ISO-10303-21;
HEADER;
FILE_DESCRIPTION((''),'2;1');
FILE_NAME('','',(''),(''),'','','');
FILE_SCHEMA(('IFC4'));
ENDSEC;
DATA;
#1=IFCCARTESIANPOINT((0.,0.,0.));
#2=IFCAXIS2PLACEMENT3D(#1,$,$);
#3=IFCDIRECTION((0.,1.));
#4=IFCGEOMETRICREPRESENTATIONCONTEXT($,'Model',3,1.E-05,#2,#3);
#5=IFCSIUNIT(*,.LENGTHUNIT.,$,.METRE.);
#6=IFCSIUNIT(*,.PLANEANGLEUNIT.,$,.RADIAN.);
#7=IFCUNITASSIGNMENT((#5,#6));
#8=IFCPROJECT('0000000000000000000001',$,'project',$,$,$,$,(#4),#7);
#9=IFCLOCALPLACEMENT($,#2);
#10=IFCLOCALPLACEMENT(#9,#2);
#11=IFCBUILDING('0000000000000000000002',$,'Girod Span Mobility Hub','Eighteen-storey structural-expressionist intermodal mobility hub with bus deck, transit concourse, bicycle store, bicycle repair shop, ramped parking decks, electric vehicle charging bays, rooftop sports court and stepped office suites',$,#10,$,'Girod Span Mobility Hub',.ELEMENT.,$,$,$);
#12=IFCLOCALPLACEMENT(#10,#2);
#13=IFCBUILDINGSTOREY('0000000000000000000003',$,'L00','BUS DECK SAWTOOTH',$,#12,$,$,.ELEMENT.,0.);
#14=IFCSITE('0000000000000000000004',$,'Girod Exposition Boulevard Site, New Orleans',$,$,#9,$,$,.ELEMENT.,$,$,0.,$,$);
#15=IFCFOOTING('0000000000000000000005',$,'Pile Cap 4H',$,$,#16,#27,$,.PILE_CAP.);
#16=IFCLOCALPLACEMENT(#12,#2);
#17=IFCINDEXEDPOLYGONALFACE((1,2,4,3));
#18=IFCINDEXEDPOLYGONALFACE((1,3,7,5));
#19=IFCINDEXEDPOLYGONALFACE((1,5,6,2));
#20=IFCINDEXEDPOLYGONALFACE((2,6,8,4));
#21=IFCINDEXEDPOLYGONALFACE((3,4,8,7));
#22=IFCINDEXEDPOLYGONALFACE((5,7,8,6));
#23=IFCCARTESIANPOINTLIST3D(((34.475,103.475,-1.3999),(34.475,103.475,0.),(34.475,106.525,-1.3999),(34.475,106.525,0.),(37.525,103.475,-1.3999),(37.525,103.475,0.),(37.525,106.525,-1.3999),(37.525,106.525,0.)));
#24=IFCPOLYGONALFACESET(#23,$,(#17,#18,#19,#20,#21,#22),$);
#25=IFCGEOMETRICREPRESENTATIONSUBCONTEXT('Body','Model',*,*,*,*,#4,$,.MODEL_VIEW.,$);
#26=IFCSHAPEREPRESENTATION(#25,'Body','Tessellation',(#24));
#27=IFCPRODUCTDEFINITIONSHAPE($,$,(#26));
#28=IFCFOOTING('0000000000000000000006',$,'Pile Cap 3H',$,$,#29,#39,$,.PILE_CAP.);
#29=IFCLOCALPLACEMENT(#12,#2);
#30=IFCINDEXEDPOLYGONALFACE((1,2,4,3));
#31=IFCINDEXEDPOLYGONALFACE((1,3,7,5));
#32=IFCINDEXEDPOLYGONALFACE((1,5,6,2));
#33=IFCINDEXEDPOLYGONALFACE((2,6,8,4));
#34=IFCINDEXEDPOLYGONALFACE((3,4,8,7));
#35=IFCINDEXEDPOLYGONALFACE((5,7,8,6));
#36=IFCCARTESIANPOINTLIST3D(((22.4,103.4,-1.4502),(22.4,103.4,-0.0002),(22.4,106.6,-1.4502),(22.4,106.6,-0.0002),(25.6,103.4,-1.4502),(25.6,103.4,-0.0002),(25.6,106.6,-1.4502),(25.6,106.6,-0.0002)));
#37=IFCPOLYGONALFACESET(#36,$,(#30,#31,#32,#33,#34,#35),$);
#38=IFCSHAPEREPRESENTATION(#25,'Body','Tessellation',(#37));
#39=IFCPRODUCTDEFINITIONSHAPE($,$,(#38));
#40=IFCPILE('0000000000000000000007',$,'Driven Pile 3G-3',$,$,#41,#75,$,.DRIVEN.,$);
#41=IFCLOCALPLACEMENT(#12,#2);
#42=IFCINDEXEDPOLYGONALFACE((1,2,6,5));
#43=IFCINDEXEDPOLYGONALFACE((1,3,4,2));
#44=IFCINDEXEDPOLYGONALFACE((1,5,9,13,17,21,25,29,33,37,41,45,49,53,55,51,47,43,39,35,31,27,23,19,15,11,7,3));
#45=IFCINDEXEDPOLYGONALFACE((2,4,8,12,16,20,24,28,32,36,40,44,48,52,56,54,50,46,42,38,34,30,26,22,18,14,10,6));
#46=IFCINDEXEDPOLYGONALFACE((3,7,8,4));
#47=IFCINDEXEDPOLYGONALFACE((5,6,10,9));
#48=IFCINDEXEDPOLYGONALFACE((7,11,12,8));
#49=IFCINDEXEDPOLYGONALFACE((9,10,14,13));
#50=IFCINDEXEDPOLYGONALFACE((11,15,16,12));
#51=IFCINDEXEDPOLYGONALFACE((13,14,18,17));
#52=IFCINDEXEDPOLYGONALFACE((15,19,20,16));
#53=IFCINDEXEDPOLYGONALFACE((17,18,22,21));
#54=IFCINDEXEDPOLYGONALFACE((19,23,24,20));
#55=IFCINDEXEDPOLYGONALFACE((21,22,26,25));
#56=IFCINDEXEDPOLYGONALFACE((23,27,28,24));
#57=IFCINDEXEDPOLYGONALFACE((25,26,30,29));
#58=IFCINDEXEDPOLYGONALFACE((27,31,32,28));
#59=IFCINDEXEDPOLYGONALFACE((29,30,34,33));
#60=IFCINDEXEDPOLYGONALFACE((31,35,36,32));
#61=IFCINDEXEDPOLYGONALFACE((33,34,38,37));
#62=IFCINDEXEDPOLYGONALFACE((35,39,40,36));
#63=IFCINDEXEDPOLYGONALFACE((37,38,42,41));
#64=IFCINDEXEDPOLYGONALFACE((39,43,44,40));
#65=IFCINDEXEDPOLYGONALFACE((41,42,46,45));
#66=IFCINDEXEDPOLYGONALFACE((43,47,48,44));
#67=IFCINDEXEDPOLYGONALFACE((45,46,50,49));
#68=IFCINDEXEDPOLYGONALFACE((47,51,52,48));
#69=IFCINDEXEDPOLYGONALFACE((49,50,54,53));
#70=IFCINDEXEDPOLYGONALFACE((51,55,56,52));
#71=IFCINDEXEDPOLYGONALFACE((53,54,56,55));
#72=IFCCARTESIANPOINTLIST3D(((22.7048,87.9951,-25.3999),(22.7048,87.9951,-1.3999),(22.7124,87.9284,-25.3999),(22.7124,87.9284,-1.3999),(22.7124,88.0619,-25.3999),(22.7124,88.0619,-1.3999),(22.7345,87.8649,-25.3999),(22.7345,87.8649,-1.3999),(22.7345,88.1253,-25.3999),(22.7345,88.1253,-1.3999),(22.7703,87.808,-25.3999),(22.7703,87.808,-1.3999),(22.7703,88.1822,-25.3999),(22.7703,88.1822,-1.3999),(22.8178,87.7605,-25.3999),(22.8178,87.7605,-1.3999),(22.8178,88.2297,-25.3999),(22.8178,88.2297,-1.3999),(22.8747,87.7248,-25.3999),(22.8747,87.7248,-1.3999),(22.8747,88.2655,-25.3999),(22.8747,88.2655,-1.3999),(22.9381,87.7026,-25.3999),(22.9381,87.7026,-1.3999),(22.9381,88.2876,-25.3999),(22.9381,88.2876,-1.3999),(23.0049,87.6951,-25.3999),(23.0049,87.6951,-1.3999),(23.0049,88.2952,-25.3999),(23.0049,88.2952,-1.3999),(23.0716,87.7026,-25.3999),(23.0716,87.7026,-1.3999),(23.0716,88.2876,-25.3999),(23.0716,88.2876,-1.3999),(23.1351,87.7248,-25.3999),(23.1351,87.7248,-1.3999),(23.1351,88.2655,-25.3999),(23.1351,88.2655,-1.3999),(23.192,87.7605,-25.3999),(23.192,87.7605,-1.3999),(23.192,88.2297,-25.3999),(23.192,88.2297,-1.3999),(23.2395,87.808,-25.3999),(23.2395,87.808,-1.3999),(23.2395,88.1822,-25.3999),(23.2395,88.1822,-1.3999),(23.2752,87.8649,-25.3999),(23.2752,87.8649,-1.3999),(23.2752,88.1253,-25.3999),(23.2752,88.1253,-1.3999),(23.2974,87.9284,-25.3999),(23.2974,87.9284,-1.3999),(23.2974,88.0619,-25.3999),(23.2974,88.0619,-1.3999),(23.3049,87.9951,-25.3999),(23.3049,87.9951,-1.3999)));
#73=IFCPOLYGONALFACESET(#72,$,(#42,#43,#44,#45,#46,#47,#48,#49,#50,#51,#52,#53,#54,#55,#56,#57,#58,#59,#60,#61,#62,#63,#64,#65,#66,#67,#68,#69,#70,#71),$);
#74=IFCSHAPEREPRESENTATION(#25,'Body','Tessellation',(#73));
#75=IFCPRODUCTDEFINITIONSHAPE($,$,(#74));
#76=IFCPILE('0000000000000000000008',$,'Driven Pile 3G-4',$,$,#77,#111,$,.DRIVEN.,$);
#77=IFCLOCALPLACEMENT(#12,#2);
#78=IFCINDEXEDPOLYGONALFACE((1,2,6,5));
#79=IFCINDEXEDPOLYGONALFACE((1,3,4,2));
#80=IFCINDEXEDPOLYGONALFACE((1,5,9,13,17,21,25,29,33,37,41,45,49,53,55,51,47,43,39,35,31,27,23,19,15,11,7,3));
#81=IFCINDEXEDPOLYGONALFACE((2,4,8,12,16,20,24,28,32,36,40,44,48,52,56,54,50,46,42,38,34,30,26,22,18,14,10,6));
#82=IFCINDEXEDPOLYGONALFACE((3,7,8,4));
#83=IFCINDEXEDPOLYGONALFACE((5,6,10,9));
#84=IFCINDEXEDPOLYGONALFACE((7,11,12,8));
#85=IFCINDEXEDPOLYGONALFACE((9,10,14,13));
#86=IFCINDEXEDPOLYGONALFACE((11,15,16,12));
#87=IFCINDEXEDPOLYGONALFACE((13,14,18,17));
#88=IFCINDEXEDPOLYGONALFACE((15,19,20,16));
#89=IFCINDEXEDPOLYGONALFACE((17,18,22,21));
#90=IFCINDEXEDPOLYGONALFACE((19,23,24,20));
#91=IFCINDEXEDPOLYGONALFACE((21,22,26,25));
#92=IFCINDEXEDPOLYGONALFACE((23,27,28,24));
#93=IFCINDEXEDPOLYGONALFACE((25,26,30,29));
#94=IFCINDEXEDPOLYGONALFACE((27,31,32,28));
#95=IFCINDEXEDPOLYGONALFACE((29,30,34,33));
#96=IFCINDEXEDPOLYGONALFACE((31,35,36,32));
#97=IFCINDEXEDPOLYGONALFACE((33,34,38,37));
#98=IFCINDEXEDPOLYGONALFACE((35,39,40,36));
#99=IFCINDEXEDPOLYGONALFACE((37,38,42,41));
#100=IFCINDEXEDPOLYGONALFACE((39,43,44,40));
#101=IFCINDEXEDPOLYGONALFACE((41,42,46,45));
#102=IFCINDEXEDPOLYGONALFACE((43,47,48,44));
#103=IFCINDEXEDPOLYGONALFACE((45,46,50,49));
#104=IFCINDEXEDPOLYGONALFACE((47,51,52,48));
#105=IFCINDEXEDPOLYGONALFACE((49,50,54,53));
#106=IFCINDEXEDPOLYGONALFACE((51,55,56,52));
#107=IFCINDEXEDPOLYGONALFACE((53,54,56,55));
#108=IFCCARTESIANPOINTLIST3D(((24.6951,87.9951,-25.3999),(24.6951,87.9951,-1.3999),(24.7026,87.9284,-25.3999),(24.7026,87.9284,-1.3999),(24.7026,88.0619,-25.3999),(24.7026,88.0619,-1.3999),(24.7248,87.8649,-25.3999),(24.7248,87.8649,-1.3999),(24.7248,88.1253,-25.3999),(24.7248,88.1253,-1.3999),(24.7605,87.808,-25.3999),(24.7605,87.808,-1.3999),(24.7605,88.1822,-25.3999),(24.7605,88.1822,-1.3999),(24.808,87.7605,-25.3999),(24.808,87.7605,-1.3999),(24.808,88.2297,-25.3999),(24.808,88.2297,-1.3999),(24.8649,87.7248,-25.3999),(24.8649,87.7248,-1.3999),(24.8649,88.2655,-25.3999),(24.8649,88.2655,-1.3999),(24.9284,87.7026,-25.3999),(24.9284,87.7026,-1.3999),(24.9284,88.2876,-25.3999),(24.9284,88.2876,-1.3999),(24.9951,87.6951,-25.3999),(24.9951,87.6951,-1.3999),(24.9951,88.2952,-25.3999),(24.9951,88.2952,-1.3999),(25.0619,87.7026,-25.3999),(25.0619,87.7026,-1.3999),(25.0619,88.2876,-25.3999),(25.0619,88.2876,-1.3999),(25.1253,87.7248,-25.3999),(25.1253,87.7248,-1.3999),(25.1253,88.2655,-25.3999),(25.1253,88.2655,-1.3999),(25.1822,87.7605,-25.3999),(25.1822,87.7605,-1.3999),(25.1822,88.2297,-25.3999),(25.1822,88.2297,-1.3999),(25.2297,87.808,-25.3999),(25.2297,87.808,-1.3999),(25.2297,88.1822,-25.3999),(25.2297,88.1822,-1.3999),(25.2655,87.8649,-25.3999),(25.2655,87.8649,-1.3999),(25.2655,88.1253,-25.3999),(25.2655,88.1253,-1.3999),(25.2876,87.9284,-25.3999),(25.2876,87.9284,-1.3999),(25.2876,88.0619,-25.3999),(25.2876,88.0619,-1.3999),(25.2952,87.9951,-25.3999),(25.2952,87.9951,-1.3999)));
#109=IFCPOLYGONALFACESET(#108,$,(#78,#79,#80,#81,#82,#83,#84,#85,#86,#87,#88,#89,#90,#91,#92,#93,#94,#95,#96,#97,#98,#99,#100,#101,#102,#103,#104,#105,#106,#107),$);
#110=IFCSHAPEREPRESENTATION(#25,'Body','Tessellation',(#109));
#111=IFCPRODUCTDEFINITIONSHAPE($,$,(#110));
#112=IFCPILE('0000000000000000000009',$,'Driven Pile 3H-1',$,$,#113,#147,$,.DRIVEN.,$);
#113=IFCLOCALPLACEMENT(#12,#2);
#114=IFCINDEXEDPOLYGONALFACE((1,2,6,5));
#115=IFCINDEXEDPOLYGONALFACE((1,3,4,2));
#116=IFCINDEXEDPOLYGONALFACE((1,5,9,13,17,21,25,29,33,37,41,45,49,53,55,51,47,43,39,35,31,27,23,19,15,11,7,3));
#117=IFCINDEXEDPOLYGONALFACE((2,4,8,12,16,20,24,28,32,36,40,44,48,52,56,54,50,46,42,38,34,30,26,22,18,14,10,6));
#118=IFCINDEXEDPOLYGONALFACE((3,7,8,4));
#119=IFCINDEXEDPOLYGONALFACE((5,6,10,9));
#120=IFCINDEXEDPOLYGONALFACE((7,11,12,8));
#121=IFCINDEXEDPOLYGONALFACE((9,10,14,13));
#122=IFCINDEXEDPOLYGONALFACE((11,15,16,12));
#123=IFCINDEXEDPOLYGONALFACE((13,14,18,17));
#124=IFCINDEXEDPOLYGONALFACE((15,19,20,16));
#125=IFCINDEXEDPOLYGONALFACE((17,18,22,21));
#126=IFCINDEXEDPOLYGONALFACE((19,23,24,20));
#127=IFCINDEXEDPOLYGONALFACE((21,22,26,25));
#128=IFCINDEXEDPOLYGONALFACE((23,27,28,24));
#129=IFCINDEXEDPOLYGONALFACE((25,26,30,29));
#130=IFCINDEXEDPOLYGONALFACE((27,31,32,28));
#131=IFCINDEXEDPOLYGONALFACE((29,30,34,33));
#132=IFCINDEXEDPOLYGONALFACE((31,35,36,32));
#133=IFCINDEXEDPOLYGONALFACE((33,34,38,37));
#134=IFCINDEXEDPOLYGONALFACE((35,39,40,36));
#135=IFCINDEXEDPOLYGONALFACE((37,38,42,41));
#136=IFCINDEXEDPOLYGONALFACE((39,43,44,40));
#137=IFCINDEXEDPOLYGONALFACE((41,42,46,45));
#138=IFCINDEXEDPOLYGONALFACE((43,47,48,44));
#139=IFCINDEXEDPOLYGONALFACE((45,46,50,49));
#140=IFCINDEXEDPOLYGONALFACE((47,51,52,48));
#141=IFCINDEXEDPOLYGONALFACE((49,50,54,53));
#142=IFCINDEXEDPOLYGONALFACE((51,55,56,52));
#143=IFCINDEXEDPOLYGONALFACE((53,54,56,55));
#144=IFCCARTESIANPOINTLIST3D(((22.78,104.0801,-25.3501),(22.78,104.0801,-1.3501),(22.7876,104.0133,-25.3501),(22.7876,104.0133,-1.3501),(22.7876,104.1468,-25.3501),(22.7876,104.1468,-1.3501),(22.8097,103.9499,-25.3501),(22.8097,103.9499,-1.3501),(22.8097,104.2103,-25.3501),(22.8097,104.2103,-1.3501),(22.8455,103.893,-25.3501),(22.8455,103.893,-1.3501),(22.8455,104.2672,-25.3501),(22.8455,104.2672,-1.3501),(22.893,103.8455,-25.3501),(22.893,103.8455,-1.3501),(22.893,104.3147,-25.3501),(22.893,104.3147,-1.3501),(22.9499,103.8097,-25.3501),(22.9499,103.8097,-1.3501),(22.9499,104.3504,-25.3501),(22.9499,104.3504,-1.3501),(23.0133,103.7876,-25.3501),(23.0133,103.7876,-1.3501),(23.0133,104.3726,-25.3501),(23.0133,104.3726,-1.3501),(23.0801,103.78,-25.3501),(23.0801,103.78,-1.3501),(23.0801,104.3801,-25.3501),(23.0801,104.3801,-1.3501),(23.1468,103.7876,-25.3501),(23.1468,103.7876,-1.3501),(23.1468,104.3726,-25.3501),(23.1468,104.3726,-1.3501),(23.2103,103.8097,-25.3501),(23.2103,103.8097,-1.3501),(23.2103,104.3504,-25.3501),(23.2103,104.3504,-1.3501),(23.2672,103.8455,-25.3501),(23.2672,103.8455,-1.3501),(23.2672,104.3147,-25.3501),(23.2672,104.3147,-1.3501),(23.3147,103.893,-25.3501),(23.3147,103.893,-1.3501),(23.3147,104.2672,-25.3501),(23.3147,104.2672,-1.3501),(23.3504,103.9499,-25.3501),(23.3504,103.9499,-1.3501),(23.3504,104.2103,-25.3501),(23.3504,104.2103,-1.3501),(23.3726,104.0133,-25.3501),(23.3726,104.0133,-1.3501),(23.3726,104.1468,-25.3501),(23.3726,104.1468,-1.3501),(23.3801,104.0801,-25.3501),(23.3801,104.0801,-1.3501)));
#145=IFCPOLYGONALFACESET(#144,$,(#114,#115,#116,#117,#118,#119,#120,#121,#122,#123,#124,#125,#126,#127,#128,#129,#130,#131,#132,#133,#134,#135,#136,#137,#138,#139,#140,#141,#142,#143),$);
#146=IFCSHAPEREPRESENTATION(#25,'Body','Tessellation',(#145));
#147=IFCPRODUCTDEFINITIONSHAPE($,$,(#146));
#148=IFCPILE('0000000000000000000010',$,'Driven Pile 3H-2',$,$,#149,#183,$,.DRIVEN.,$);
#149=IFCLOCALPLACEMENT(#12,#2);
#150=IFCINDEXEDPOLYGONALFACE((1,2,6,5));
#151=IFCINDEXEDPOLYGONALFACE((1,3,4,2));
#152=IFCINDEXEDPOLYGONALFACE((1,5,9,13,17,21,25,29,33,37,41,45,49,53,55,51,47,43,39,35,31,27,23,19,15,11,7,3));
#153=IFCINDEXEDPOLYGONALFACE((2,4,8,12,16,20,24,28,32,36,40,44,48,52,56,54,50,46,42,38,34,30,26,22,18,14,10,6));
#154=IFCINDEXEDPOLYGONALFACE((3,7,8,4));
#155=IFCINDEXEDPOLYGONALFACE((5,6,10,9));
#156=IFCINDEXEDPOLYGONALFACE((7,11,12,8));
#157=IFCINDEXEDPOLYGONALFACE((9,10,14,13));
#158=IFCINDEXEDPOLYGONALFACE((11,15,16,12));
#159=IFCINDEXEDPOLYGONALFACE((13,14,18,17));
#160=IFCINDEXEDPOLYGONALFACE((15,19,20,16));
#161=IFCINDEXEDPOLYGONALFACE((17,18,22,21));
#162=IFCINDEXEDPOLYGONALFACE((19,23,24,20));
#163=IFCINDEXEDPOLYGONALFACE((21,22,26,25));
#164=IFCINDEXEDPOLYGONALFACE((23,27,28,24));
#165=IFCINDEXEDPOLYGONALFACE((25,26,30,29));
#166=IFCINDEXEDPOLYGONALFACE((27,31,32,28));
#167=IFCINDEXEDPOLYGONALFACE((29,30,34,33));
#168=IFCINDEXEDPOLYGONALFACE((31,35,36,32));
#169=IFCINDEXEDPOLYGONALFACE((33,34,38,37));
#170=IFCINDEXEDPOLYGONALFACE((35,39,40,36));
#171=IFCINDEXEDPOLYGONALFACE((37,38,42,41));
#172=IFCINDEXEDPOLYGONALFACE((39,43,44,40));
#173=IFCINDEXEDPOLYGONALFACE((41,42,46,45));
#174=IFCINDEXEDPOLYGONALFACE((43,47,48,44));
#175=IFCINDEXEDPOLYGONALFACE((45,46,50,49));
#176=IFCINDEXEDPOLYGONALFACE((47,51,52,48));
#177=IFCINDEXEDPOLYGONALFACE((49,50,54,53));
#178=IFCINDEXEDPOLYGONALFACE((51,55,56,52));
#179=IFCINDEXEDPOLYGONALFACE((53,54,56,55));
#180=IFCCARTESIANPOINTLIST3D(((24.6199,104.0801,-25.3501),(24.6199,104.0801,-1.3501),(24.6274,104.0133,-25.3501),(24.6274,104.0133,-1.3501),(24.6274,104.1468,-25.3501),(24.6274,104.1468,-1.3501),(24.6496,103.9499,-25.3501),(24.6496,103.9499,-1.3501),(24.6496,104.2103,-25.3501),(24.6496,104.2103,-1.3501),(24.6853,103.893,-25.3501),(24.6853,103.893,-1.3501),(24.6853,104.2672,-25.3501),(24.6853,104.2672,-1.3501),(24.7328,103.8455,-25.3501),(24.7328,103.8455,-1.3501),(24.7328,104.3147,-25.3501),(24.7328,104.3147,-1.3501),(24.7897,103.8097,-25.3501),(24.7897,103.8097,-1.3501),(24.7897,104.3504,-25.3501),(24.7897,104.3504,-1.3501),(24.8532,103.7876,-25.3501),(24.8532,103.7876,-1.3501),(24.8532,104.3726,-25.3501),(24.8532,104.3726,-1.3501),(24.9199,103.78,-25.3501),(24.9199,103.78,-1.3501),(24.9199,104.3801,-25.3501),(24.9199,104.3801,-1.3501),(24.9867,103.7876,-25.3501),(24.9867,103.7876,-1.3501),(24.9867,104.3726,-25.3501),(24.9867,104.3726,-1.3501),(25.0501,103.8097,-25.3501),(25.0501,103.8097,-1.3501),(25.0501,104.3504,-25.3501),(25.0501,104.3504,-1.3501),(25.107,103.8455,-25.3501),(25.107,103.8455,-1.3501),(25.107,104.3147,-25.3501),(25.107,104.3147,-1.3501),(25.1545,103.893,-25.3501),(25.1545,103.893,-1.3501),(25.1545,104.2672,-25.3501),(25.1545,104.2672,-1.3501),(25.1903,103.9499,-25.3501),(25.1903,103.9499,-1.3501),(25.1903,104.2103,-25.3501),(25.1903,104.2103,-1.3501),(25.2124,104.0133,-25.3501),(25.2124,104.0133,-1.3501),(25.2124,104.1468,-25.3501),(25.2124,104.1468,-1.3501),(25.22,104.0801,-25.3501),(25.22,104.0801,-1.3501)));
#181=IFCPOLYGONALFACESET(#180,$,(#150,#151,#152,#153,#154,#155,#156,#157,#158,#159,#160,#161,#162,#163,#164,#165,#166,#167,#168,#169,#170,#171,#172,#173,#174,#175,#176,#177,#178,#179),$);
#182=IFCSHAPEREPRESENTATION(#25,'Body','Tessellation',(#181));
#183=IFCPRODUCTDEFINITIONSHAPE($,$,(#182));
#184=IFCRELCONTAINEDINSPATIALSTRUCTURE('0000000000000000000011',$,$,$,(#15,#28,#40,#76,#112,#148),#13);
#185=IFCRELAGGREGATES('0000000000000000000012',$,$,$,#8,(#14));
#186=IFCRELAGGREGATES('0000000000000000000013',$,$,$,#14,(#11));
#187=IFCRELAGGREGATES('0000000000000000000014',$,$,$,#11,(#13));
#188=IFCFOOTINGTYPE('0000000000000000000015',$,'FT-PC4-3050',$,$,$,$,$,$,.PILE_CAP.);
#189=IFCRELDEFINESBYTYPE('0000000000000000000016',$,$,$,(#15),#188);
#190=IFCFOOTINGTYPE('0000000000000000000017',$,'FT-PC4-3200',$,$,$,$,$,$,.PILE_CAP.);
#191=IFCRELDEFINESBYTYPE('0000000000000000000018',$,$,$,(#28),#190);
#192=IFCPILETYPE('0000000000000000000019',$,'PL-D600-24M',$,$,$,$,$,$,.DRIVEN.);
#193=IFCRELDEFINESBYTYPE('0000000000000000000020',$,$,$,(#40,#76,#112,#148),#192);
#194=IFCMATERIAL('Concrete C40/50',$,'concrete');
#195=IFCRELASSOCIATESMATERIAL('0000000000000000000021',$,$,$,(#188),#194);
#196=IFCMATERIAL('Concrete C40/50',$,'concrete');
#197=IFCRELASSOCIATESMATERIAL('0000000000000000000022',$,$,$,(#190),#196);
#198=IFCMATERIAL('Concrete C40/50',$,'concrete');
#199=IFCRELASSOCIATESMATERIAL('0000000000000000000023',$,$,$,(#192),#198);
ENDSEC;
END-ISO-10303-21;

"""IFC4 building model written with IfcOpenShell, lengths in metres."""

from ifc_helpers import new_model, si_unit, direction, frame, origin, origin_2d, place, context, subcontext, project, spatial, rectangle, circle, extrude, material, material_profile, profile_set, type_object, element, save


model = new_model("IFC4")

# Units and contexts
model_context = context("Model", 3, precision=1e-05, world=origin(), true_north=direction((0.0, 1.0)))
body_context = subcontext(model_context, "Body", "Model", "MODEL_VIEW")
ifc_project = project(units=[si_unit("LENGTHUNIT", "METRE"), si_unit("PLANEANGLEUNIT", "RADIAN")], contexts=[model_context])

# Site, building, storey
site_placement = place(None, origin())
site = spatial("IfcSite", under=ifc_project, at=site_placement, Name="Girod Exposition Boulevard Site, New Orleans", CompositionType="ELEMENT", RefElevation=0.0)
building_placement = place(site_placement, origin())
building = spatial("IfcBuilding", under=site, at=building_placement, Name="Girod Span Mobility Hub", Description="Eighteen-storey structural-expressionist intermodal mobility hub with bus deck, transit concourse, bicycle store, bicycle repair shop, ramped parking decks, electric vehicle charging bays, rooftop sports court and stepped office suites", LongName="Girod Span Mobility Hub", CompositionType="ELEMENT")
storey_placement = place(building_placement, origin())
storey = spatial("IfcBuildingStorey", under=building, at=storey_placement, Name="L00", Description="BUS DECK SAWTOOTH", CompositionType="ELEMENT", Elevation=0.0)

# Footings
ifc_material_1 = material(Name="Concrete C40/50", Category="concrete")
footing_type_1 = type_object("IfcFootingType", Name="FT-PC4-3050", PredefinedType="PILE_CAP", material=ifc_material_1)
footing_1_placement = place(storey_placement, frame((36.0, 105.0, -1.3999), z_axis=(0.0, 0.0, 1.0), x_axis=(1.0, 0.0, 0.0)))
element("IfcFooting", 1, at=footing_1_placement, inside=storey, type_object=footing_type_1, Name="Pile Cap 4H", PredefinedType="PILE_CAP", context=body_context, shape_type="SweptSolid", body=[
    extrude(rectangle(XDim=3.05, YDim=3.05, at=origin_2d()), origin(), (0.0, 0.0, 1.0), 1.3999),
])
ifc_material_2 = material(Name="Concrete C40/50", Category="concrete")
footing_type_2 = type_object("IfcFootingType", Name="FT-PC4-3200", PredefinedType="PILE_CAP", material=ifc_material_2)
footing_2_placement = place(storey_placement, frame((24.0, 105.0, -1.4502), z_axis=(0.0, 0.0, 1.0), x_axis=(1.0, 0.0, 0.0)))
element("IfcFooting", 2, at=footing_2_placement, inside=storey, type_object=footing_type_2, Name="Pile Cap 3H", PredefinedType="PILE_CAP", context=body_context, shape_type="SweptSolid", body=[
    extrude(rectangle(XDim=3.2, YDim=3.2, at=origin_2d()), origin(), (0.0, 0.0, 1.0), 1.45),
])

# Piles
ifc_material_3 = material(Name="Concrete C40/50", Category="concrete")
ifc_material_profile_1 = material_profile(ifc_material_3, circle(Radius=0.3, at=origin_2d()), Name="PILE-D600")
ifc_profile_set_1 = profile_set([ifc_material_profile_1], Name="Concrete C40/50")
pile_type = type_object("IfcPileType", Name="PL-D600-24M", PredefinedType="DRIVEN", material=ifc_profile_set_1)
for number, where, z_axis, x_axis, name in (
    (3, (23.0049, 87.9951, -1.3999), (0.0, 0.0, -1.0), (1.0, 0.0, 0.0), "Driven Pile 3G-3"),
    (4, (24.9951, 87.9951, -1.3999), (0.0, 0.0, -1.0), (1.0, 0.0, 0.0), "Driven Pile 3G-4"),
    (5, (23.0801, 104.0801, -1.3501), (0.0, 0.0, -1.0), (1.0, 0.0, 0.0), "Driven Pile 3H-1"),
    (6, (24.9199, 104.0801, -1.3501), (0.0, 0.0, -1.0), (1.0, 0.0, 0.0), "Driven Pile 3H-2"),
):
    element("IfcPile", number, at=place(storey_placement, frame(where, z_axis=z_axis, x_axis=x_axis)), inside=storey, type_object=pile_type, Name=name, PredefinedType="DRIVEN", context=body_context, shape_type="SweptSolid", body=[
        extrude(circle(Radius=0.3, at=origin_2d()), origin(), (0.0, 0.0, 1.0), 24.0),
    ])

save(model, "model.ifc")
